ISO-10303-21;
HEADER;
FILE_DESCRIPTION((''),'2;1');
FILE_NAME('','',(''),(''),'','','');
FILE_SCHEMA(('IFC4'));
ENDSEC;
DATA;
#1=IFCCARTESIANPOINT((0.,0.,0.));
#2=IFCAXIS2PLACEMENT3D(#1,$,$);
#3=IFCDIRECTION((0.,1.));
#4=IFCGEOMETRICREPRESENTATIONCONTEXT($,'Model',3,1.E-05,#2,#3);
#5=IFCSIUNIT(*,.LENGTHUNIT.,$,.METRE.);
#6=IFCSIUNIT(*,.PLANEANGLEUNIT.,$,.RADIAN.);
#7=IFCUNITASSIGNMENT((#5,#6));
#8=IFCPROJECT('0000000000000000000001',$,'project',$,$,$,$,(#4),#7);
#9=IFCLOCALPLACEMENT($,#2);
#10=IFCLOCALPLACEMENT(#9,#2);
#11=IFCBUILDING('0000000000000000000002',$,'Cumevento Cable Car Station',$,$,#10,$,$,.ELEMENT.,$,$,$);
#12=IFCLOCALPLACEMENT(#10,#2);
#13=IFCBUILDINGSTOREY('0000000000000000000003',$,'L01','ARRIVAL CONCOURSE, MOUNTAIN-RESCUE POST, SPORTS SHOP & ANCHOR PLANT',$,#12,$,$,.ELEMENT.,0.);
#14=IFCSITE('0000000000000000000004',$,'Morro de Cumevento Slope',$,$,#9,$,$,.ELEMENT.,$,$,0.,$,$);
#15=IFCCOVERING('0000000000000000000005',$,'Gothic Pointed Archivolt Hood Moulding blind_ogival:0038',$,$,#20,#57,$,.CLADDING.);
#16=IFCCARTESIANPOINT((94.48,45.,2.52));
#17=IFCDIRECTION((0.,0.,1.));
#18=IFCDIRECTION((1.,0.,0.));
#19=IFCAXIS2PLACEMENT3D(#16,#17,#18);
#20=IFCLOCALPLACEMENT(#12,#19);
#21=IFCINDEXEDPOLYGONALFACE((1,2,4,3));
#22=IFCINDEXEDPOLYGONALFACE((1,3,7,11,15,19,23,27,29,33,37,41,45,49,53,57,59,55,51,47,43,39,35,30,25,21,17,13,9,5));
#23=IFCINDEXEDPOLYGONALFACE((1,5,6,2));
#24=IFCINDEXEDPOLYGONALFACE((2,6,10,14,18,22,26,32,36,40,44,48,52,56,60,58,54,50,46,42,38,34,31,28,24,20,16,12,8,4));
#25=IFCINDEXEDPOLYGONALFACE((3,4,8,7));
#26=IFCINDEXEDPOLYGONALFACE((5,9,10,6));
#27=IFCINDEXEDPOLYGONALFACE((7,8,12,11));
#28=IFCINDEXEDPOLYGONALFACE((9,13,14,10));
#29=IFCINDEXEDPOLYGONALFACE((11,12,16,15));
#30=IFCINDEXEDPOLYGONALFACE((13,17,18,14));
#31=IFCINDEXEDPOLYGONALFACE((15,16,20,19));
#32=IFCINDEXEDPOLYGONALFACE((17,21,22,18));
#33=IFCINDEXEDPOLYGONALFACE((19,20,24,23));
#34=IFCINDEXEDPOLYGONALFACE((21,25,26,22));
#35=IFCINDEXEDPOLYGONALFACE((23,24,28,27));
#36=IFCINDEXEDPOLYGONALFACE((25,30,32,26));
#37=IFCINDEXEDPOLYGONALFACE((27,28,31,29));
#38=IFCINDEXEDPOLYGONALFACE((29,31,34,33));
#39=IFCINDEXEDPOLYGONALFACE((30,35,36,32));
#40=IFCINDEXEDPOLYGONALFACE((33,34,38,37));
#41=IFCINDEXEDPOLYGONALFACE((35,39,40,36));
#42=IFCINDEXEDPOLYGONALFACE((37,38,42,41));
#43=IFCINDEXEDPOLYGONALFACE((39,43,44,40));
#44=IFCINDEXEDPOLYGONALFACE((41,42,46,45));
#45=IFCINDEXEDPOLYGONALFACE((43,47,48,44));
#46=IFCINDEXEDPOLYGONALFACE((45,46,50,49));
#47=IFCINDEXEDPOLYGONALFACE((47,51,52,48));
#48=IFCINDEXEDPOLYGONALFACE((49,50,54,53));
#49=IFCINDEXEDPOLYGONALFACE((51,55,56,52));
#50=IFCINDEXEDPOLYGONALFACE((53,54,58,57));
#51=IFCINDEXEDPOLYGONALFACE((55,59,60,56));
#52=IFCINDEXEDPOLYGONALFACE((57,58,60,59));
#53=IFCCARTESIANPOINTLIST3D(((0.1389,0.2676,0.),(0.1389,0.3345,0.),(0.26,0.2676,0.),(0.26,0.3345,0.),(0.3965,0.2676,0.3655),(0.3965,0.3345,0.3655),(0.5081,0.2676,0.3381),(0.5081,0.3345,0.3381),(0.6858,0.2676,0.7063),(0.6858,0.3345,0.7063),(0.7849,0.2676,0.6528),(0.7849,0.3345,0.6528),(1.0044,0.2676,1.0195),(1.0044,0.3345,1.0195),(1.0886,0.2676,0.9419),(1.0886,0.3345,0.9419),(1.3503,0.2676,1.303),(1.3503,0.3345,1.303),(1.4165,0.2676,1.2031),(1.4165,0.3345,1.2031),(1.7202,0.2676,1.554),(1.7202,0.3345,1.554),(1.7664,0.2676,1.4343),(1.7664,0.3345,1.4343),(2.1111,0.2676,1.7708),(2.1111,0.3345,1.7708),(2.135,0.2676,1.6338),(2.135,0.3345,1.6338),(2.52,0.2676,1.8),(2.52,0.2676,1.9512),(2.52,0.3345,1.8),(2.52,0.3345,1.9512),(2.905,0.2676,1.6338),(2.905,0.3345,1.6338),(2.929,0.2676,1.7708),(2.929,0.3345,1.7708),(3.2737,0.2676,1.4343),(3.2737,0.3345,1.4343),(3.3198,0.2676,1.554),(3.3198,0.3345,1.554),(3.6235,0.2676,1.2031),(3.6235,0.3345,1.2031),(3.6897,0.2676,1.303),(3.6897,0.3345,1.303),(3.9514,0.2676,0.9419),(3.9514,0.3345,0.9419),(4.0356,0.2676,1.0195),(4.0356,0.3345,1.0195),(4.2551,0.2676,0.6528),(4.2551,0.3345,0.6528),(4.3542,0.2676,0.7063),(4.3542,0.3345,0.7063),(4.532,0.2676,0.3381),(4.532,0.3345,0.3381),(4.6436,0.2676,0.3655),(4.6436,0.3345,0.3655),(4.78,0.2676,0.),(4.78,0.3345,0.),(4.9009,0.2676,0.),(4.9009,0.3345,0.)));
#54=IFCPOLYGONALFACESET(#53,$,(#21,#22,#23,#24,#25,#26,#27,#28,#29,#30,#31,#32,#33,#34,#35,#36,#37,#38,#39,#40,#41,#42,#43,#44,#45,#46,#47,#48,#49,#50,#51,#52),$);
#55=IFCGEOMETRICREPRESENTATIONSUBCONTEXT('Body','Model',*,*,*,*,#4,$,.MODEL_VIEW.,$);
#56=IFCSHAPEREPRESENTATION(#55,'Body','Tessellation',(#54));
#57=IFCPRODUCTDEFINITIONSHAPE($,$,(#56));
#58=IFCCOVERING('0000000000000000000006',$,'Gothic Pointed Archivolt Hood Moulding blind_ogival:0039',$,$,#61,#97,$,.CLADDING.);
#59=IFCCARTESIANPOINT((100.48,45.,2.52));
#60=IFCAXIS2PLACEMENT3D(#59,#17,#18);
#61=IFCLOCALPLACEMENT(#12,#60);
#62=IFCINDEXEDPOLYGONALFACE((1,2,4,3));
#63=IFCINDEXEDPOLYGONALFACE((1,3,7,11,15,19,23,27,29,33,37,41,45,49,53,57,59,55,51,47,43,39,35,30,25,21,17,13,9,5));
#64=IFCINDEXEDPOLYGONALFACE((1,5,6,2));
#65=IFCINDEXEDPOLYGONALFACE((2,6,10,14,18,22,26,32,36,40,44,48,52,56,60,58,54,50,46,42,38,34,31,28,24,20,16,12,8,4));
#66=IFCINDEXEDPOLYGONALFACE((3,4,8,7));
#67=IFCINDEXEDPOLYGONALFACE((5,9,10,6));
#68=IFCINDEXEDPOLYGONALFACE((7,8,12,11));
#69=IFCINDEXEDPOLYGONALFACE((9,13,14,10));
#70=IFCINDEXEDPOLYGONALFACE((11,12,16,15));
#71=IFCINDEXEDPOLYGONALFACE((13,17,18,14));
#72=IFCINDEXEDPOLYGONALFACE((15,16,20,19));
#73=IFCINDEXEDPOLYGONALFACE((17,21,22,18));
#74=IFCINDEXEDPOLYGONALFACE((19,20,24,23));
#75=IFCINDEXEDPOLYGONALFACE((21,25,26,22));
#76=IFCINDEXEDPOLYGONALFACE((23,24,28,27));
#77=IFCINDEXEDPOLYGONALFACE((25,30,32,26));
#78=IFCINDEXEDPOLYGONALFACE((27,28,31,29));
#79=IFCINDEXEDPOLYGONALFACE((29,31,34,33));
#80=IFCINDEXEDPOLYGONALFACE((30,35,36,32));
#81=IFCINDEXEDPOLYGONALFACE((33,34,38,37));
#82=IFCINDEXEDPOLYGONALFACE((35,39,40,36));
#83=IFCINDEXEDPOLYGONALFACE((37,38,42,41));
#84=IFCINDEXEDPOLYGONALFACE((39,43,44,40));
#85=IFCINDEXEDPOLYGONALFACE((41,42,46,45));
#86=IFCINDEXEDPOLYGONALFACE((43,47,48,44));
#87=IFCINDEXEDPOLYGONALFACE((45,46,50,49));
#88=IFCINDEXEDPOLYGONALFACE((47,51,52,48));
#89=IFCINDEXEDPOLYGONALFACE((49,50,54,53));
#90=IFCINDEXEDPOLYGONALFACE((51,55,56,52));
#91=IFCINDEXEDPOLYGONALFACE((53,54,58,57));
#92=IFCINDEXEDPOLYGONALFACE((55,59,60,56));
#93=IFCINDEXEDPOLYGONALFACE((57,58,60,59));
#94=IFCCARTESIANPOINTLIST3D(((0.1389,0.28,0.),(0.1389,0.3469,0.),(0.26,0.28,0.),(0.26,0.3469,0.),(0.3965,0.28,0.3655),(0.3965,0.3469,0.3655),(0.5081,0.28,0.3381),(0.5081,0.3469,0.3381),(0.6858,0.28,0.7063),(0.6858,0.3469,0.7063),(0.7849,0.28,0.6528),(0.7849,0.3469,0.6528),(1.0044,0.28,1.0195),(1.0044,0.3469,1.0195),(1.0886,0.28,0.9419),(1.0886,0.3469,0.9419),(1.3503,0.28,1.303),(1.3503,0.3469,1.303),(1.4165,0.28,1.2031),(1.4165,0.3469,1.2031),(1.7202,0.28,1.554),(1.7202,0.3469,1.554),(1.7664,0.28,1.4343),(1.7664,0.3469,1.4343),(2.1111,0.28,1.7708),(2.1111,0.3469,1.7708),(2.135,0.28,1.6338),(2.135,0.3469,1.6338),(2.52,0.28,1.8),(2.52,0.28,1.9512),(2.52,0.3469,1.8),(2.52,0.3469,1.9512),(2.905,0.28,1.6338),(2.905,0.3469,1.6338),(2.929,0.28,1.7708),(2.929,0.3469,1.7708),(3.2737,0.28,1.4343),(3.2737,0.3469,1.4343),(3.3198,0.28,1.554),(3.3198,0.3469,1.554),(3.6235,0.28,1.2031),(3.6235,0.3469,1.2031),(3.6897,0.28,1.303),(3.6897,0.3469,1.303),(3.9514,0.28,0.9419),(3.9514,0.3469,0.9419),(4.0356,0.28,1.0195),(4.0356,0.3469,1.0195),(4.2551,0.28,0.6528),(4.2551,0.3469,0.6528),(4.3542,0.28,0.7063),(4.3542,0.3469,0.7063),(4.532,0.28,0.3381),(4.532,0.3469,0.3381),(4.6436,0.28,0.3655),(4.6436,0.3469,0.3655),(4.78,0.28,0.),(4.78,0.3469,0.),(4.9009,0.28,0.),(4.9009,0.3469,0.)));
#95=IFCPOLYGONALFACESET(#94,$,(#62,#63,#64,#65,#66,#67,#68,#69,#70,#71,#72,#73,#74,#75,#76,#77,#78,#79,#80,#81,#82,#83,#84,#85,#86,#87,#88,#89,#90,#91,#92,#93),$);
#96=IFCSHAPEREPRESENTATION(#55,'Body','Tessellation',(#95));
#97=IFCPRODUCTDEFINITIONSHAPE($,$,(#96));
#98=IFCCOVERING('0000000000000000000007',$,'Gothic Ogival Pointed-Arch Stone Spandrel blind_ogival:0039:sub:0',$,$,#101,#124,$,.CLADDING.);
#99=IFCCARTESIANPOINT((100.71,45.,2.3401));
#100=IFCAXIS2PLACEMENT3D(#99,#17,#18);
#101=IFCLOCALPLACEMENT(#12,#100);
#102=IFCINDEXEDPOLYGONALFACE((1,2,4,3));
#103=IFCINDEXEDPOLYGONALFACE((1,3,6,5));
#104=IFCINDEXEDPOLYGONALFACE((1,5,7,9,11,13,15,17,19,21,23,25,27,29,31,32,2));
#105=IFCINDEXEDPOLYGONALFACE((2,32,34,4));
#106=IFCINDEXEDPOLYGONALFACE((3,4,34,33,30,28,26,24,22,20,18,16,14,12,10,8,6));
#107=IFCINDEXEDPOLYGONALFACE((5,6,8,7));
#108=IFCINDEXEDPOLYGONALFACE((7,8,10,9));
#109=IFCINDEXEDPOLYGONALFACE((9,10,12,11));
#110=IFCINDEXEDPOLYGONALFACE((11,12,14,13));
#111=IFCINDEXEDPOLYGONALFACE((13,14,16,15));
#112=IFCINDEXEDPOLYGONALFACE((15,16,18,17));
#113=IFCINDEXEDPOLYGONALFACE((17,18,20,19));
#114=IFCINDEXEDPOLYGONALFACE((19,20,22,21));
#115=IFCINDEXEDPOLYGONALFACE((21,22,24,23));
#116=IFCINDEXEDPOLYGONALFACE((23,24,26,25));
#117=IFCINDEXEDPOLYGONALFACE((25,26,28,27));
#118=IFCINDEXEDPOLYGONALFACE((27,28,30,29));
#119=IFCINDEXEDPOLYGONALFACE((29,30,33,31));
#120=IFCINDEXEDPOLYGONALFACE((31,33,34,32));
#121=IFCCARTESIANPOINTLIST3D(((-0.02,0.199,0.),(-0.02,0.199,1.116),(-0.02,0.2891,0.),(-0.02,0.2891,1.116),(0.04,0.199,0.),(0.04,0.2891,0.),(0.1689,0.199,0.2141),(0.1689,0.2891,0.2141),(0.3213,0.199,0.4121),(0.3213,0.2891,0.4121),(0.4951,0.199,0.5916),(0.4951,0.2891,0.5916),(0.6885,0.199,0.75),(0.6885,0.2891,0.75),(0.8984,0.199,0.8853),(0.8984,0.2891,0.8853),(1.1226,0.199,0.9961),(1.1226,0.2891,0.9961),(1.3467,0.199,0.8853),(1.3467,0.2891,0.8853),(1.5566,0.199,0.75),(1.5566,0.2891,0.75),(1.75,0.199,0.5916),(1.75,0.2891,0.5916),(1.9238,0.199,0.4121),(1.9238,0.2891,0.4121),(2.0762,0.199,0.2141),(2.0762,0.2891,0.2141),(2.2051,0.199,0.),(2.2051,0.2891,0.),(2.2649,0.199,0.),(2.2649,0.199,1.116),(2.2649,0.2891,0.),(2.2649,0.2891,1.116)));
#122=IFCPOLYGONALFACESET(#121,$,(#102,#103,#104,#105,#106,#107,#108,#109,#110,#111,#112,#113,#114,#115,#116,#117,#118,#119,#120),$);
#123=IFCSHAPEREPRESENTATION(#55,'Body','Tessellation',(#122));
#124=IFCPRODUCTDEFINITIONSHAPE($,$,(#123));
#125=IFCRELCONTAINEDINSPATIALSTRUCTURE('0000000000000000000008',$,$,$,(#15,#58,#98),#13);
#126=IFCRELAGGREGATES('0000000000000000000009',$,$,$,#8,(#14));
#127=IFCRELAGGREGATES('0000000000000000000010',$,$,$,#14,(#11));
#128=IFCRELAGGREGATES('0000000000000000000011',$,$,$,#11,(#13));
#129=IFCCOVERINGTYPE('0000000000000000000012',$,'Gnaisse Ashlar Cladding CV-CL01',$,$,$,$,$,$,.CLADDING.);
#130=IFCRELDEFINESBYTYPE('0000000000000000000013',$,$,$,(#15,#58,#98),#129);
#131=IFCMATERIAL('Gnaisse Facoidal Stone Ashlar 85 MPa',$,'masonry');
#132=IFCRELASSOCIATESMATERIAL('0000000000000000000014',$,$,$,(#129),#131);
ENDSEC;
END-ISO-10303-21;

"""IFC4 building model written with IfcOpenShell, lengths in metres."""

from ifc_helpers import new_model, si_unit, direction, frame, origin, place, context, subcontext, project, spatial, polyline, outline, extrude, material, type_object, element, save


model = new_model("IFC4")

# Units and contexts
model_context = context("Model", 3, precision=1e-05, world=origin(), true_north=direction((0.0, 1.0)))
body_context = subcontext(model_context, "Body", "Model", "MODEL_VIEW")
ifc_project = project(units=[si_unit("LENGTHUNIT", "METRE"), si_unit("PLANEANGLEUNIT", "RADIAN")], contexts=[model_context])

# Site, building, storey
site_placement = place(None, origin())
site = spatial("IfcSite", under=ifc_project, at=site_placement, Name="Morro de Cumevento Slope", CompositionType="ELEMENT", RefElevation=0.0)
building_placement = place(site_placement, origin())
building = spatial("IfcBuilding", under=site, at=building_placement, Name="Cumevento Cable Car Station", CompositionType="ELEMENT")
storey_placement = place(building_placement, origin())
storey = spatial("IfcBuildingStorey", under=building, at=storey_placement, Name="L01", Description="ARRIVAL CONCOURSE, MOUNTAIN-RESCUE POST, SPORTS SHOP & ANCHOR PLANT", CompositionType="ELEMENT", Elevation=0.0)

# Coverings
ifc_material_1 = material(Name="Gnaisse Facoidal Stone Ashlar 85 MPa", Category="masonry")
covering_type = type_object("IfcCoveringType", Name="Gnaisse Ashlar Cladding CV-CL01", PredefinedType="CLADDING", material=ifc_material_1)
covering_1_placement = place(storey_placement, frame((94.48, 45.0, 2.52), z_axis=(0.0, 0.0, 1.0), x_axis=(1.0, 0.0, 0.0)))
element("IfcCovering", 1, at=covering_1_placement, inside=storey, type_object=covering_type, Name="Gothic Pointed Archivolt Hood Moulding blind_ogival:0038", PredefinedType="CLADDING", context=body_context, shape_type="SweptSolid", body=[
    extrude(outline(polyline([(0.26, 0.0), (0.5081, 0.3381), (0.7849, 0.6528), (1.0886, 0.9419), (1.4165, 1.2031), (1.7664, 1.4343), (2.135, 1.6338), (2.52, 1.8), (2.905, 1.6338), (3.2737, 1.4343), (3.6235, 1.2031), (3.9514, 0.9419), (4.2551, 0.6528), (4.532, 0.3381), (4.78, 0.0), (4.9009, 0.0), (4.6436, 0.3655), (4.3542, 0.7063), (4.0356, 1.0195), (3.6897, 1.303), (3.3198, 1.554), (2.929, 1.7708), (2.52, 1.9512), (2.1111, 1.7708), (1.7202, 1.554), (1.3503, 1.303), (1.0044, 1.0195), (0.6858, 0.7063), (0.3965, 0.3655), (0.1389, 0.0), (0.26, 0.0)])), frame((0.0, 0.3345, 0.0), z_axis=(0.0, -1.0, 0.0), x_axis=(1.0, 0.0, 0.0)), (0.0, 0.0, 1.0), 0.0669),
])
covering_2_placement = place(storey_placement, frame((100.48, 45.0, 2.52), z_axis=(0.0, 0.0, 1.0), x_axis=(1.0, 0.0, 0.0)))
element("IfcCovering", 2, at=covering_2_placement, inside=storey, type_object=covering_type, Name="Gothic Pointed Archivolt Hood Moulding blind_ogival:0039", PredefinedType="CLADDING", context=body_context, shape_type="SweptSolid", body=[
    extrude(outline(polyline([(0.26, 0.0), (0.5081, 0.3381), (0.7849, 0.6528), (1.0886, 0.9419), (1.4165, 1.2031), (1.7664, 1.4343), (2.135, 1.6338), (2.52, 1.8), (2.905, 1.6338), (3.2737, 1.4343), (3.6235, 1.2031), (3.9514, 0.9419), (4.2551, 0.6528), (4.532, 0.3381), (4.78, 0.0), (4.9009, 0.0), (4.6436, 0.3655), (4.3542, 0.7063), (4.0356, 1.0195), (3.6897, 1.303), (3.3198, 1.554), (2.929, 1.7708), (2.52, 1.9512), (2.1111, 1.7708), (1.7202, 1.554), (1.3503, 1.303), (1.0044, 1.0195), (0.6858, 0.7063), (0.3965, 0.3655), (0.1389, 0.0), (0.26, 0.0)])), frame((0.0, 0.3469, 0.0), z_axis=(0.0, -1.0, 0.0), x_axis=(1.0, 0.0, 0.0)), (0.0, 0.0, 1.0), 0.0669),
])
covering_3_placement = place(storey_placement, frame((100.71, 45.0, 2.3401), z_axis=(0.0, 0.0, 1.0), x_axis=(1.0, 0.0, 0.0)))
element("IfcCovering", 3, at=covering_3_placement, inside=storey, type_object=covering_type, Name="Gothic Ogival Pointed-Arch Stone Spandrel blind_ogival:0039:sub:0", PredefinedType="CLADDING", context=body_context, shape_type="SweptSolid", body=[
    extrude(outline(polyline([(-0.02, 0.0), (-0.02, 1.116), (2.2649, 1.116), (2.2649, 0.0), (2.2051, 0.0), (2.0762, 0.2141), (1.9238, 0.4121), (1.75, 0.5916), (1.5566, 0.75), (1.3467, 0.8853), (1.1226, 0.9961), (0.8984, 0.8853), (0.6885, 0.75), (0.4951, 0.5916), (0.3213, 0.4121), (0.1689, 0.2141), (0.04, 0.0), (-0.02, 0.0)])), frame((0.0, 0.2891, 0.0), z_axis=(0.0, -1.0, 0.0), x_axis=(1.0, 0.0, 0.0)), (0.0, 0.0, 1.0), 0.0901),
])

save(model, "model.ifc")
